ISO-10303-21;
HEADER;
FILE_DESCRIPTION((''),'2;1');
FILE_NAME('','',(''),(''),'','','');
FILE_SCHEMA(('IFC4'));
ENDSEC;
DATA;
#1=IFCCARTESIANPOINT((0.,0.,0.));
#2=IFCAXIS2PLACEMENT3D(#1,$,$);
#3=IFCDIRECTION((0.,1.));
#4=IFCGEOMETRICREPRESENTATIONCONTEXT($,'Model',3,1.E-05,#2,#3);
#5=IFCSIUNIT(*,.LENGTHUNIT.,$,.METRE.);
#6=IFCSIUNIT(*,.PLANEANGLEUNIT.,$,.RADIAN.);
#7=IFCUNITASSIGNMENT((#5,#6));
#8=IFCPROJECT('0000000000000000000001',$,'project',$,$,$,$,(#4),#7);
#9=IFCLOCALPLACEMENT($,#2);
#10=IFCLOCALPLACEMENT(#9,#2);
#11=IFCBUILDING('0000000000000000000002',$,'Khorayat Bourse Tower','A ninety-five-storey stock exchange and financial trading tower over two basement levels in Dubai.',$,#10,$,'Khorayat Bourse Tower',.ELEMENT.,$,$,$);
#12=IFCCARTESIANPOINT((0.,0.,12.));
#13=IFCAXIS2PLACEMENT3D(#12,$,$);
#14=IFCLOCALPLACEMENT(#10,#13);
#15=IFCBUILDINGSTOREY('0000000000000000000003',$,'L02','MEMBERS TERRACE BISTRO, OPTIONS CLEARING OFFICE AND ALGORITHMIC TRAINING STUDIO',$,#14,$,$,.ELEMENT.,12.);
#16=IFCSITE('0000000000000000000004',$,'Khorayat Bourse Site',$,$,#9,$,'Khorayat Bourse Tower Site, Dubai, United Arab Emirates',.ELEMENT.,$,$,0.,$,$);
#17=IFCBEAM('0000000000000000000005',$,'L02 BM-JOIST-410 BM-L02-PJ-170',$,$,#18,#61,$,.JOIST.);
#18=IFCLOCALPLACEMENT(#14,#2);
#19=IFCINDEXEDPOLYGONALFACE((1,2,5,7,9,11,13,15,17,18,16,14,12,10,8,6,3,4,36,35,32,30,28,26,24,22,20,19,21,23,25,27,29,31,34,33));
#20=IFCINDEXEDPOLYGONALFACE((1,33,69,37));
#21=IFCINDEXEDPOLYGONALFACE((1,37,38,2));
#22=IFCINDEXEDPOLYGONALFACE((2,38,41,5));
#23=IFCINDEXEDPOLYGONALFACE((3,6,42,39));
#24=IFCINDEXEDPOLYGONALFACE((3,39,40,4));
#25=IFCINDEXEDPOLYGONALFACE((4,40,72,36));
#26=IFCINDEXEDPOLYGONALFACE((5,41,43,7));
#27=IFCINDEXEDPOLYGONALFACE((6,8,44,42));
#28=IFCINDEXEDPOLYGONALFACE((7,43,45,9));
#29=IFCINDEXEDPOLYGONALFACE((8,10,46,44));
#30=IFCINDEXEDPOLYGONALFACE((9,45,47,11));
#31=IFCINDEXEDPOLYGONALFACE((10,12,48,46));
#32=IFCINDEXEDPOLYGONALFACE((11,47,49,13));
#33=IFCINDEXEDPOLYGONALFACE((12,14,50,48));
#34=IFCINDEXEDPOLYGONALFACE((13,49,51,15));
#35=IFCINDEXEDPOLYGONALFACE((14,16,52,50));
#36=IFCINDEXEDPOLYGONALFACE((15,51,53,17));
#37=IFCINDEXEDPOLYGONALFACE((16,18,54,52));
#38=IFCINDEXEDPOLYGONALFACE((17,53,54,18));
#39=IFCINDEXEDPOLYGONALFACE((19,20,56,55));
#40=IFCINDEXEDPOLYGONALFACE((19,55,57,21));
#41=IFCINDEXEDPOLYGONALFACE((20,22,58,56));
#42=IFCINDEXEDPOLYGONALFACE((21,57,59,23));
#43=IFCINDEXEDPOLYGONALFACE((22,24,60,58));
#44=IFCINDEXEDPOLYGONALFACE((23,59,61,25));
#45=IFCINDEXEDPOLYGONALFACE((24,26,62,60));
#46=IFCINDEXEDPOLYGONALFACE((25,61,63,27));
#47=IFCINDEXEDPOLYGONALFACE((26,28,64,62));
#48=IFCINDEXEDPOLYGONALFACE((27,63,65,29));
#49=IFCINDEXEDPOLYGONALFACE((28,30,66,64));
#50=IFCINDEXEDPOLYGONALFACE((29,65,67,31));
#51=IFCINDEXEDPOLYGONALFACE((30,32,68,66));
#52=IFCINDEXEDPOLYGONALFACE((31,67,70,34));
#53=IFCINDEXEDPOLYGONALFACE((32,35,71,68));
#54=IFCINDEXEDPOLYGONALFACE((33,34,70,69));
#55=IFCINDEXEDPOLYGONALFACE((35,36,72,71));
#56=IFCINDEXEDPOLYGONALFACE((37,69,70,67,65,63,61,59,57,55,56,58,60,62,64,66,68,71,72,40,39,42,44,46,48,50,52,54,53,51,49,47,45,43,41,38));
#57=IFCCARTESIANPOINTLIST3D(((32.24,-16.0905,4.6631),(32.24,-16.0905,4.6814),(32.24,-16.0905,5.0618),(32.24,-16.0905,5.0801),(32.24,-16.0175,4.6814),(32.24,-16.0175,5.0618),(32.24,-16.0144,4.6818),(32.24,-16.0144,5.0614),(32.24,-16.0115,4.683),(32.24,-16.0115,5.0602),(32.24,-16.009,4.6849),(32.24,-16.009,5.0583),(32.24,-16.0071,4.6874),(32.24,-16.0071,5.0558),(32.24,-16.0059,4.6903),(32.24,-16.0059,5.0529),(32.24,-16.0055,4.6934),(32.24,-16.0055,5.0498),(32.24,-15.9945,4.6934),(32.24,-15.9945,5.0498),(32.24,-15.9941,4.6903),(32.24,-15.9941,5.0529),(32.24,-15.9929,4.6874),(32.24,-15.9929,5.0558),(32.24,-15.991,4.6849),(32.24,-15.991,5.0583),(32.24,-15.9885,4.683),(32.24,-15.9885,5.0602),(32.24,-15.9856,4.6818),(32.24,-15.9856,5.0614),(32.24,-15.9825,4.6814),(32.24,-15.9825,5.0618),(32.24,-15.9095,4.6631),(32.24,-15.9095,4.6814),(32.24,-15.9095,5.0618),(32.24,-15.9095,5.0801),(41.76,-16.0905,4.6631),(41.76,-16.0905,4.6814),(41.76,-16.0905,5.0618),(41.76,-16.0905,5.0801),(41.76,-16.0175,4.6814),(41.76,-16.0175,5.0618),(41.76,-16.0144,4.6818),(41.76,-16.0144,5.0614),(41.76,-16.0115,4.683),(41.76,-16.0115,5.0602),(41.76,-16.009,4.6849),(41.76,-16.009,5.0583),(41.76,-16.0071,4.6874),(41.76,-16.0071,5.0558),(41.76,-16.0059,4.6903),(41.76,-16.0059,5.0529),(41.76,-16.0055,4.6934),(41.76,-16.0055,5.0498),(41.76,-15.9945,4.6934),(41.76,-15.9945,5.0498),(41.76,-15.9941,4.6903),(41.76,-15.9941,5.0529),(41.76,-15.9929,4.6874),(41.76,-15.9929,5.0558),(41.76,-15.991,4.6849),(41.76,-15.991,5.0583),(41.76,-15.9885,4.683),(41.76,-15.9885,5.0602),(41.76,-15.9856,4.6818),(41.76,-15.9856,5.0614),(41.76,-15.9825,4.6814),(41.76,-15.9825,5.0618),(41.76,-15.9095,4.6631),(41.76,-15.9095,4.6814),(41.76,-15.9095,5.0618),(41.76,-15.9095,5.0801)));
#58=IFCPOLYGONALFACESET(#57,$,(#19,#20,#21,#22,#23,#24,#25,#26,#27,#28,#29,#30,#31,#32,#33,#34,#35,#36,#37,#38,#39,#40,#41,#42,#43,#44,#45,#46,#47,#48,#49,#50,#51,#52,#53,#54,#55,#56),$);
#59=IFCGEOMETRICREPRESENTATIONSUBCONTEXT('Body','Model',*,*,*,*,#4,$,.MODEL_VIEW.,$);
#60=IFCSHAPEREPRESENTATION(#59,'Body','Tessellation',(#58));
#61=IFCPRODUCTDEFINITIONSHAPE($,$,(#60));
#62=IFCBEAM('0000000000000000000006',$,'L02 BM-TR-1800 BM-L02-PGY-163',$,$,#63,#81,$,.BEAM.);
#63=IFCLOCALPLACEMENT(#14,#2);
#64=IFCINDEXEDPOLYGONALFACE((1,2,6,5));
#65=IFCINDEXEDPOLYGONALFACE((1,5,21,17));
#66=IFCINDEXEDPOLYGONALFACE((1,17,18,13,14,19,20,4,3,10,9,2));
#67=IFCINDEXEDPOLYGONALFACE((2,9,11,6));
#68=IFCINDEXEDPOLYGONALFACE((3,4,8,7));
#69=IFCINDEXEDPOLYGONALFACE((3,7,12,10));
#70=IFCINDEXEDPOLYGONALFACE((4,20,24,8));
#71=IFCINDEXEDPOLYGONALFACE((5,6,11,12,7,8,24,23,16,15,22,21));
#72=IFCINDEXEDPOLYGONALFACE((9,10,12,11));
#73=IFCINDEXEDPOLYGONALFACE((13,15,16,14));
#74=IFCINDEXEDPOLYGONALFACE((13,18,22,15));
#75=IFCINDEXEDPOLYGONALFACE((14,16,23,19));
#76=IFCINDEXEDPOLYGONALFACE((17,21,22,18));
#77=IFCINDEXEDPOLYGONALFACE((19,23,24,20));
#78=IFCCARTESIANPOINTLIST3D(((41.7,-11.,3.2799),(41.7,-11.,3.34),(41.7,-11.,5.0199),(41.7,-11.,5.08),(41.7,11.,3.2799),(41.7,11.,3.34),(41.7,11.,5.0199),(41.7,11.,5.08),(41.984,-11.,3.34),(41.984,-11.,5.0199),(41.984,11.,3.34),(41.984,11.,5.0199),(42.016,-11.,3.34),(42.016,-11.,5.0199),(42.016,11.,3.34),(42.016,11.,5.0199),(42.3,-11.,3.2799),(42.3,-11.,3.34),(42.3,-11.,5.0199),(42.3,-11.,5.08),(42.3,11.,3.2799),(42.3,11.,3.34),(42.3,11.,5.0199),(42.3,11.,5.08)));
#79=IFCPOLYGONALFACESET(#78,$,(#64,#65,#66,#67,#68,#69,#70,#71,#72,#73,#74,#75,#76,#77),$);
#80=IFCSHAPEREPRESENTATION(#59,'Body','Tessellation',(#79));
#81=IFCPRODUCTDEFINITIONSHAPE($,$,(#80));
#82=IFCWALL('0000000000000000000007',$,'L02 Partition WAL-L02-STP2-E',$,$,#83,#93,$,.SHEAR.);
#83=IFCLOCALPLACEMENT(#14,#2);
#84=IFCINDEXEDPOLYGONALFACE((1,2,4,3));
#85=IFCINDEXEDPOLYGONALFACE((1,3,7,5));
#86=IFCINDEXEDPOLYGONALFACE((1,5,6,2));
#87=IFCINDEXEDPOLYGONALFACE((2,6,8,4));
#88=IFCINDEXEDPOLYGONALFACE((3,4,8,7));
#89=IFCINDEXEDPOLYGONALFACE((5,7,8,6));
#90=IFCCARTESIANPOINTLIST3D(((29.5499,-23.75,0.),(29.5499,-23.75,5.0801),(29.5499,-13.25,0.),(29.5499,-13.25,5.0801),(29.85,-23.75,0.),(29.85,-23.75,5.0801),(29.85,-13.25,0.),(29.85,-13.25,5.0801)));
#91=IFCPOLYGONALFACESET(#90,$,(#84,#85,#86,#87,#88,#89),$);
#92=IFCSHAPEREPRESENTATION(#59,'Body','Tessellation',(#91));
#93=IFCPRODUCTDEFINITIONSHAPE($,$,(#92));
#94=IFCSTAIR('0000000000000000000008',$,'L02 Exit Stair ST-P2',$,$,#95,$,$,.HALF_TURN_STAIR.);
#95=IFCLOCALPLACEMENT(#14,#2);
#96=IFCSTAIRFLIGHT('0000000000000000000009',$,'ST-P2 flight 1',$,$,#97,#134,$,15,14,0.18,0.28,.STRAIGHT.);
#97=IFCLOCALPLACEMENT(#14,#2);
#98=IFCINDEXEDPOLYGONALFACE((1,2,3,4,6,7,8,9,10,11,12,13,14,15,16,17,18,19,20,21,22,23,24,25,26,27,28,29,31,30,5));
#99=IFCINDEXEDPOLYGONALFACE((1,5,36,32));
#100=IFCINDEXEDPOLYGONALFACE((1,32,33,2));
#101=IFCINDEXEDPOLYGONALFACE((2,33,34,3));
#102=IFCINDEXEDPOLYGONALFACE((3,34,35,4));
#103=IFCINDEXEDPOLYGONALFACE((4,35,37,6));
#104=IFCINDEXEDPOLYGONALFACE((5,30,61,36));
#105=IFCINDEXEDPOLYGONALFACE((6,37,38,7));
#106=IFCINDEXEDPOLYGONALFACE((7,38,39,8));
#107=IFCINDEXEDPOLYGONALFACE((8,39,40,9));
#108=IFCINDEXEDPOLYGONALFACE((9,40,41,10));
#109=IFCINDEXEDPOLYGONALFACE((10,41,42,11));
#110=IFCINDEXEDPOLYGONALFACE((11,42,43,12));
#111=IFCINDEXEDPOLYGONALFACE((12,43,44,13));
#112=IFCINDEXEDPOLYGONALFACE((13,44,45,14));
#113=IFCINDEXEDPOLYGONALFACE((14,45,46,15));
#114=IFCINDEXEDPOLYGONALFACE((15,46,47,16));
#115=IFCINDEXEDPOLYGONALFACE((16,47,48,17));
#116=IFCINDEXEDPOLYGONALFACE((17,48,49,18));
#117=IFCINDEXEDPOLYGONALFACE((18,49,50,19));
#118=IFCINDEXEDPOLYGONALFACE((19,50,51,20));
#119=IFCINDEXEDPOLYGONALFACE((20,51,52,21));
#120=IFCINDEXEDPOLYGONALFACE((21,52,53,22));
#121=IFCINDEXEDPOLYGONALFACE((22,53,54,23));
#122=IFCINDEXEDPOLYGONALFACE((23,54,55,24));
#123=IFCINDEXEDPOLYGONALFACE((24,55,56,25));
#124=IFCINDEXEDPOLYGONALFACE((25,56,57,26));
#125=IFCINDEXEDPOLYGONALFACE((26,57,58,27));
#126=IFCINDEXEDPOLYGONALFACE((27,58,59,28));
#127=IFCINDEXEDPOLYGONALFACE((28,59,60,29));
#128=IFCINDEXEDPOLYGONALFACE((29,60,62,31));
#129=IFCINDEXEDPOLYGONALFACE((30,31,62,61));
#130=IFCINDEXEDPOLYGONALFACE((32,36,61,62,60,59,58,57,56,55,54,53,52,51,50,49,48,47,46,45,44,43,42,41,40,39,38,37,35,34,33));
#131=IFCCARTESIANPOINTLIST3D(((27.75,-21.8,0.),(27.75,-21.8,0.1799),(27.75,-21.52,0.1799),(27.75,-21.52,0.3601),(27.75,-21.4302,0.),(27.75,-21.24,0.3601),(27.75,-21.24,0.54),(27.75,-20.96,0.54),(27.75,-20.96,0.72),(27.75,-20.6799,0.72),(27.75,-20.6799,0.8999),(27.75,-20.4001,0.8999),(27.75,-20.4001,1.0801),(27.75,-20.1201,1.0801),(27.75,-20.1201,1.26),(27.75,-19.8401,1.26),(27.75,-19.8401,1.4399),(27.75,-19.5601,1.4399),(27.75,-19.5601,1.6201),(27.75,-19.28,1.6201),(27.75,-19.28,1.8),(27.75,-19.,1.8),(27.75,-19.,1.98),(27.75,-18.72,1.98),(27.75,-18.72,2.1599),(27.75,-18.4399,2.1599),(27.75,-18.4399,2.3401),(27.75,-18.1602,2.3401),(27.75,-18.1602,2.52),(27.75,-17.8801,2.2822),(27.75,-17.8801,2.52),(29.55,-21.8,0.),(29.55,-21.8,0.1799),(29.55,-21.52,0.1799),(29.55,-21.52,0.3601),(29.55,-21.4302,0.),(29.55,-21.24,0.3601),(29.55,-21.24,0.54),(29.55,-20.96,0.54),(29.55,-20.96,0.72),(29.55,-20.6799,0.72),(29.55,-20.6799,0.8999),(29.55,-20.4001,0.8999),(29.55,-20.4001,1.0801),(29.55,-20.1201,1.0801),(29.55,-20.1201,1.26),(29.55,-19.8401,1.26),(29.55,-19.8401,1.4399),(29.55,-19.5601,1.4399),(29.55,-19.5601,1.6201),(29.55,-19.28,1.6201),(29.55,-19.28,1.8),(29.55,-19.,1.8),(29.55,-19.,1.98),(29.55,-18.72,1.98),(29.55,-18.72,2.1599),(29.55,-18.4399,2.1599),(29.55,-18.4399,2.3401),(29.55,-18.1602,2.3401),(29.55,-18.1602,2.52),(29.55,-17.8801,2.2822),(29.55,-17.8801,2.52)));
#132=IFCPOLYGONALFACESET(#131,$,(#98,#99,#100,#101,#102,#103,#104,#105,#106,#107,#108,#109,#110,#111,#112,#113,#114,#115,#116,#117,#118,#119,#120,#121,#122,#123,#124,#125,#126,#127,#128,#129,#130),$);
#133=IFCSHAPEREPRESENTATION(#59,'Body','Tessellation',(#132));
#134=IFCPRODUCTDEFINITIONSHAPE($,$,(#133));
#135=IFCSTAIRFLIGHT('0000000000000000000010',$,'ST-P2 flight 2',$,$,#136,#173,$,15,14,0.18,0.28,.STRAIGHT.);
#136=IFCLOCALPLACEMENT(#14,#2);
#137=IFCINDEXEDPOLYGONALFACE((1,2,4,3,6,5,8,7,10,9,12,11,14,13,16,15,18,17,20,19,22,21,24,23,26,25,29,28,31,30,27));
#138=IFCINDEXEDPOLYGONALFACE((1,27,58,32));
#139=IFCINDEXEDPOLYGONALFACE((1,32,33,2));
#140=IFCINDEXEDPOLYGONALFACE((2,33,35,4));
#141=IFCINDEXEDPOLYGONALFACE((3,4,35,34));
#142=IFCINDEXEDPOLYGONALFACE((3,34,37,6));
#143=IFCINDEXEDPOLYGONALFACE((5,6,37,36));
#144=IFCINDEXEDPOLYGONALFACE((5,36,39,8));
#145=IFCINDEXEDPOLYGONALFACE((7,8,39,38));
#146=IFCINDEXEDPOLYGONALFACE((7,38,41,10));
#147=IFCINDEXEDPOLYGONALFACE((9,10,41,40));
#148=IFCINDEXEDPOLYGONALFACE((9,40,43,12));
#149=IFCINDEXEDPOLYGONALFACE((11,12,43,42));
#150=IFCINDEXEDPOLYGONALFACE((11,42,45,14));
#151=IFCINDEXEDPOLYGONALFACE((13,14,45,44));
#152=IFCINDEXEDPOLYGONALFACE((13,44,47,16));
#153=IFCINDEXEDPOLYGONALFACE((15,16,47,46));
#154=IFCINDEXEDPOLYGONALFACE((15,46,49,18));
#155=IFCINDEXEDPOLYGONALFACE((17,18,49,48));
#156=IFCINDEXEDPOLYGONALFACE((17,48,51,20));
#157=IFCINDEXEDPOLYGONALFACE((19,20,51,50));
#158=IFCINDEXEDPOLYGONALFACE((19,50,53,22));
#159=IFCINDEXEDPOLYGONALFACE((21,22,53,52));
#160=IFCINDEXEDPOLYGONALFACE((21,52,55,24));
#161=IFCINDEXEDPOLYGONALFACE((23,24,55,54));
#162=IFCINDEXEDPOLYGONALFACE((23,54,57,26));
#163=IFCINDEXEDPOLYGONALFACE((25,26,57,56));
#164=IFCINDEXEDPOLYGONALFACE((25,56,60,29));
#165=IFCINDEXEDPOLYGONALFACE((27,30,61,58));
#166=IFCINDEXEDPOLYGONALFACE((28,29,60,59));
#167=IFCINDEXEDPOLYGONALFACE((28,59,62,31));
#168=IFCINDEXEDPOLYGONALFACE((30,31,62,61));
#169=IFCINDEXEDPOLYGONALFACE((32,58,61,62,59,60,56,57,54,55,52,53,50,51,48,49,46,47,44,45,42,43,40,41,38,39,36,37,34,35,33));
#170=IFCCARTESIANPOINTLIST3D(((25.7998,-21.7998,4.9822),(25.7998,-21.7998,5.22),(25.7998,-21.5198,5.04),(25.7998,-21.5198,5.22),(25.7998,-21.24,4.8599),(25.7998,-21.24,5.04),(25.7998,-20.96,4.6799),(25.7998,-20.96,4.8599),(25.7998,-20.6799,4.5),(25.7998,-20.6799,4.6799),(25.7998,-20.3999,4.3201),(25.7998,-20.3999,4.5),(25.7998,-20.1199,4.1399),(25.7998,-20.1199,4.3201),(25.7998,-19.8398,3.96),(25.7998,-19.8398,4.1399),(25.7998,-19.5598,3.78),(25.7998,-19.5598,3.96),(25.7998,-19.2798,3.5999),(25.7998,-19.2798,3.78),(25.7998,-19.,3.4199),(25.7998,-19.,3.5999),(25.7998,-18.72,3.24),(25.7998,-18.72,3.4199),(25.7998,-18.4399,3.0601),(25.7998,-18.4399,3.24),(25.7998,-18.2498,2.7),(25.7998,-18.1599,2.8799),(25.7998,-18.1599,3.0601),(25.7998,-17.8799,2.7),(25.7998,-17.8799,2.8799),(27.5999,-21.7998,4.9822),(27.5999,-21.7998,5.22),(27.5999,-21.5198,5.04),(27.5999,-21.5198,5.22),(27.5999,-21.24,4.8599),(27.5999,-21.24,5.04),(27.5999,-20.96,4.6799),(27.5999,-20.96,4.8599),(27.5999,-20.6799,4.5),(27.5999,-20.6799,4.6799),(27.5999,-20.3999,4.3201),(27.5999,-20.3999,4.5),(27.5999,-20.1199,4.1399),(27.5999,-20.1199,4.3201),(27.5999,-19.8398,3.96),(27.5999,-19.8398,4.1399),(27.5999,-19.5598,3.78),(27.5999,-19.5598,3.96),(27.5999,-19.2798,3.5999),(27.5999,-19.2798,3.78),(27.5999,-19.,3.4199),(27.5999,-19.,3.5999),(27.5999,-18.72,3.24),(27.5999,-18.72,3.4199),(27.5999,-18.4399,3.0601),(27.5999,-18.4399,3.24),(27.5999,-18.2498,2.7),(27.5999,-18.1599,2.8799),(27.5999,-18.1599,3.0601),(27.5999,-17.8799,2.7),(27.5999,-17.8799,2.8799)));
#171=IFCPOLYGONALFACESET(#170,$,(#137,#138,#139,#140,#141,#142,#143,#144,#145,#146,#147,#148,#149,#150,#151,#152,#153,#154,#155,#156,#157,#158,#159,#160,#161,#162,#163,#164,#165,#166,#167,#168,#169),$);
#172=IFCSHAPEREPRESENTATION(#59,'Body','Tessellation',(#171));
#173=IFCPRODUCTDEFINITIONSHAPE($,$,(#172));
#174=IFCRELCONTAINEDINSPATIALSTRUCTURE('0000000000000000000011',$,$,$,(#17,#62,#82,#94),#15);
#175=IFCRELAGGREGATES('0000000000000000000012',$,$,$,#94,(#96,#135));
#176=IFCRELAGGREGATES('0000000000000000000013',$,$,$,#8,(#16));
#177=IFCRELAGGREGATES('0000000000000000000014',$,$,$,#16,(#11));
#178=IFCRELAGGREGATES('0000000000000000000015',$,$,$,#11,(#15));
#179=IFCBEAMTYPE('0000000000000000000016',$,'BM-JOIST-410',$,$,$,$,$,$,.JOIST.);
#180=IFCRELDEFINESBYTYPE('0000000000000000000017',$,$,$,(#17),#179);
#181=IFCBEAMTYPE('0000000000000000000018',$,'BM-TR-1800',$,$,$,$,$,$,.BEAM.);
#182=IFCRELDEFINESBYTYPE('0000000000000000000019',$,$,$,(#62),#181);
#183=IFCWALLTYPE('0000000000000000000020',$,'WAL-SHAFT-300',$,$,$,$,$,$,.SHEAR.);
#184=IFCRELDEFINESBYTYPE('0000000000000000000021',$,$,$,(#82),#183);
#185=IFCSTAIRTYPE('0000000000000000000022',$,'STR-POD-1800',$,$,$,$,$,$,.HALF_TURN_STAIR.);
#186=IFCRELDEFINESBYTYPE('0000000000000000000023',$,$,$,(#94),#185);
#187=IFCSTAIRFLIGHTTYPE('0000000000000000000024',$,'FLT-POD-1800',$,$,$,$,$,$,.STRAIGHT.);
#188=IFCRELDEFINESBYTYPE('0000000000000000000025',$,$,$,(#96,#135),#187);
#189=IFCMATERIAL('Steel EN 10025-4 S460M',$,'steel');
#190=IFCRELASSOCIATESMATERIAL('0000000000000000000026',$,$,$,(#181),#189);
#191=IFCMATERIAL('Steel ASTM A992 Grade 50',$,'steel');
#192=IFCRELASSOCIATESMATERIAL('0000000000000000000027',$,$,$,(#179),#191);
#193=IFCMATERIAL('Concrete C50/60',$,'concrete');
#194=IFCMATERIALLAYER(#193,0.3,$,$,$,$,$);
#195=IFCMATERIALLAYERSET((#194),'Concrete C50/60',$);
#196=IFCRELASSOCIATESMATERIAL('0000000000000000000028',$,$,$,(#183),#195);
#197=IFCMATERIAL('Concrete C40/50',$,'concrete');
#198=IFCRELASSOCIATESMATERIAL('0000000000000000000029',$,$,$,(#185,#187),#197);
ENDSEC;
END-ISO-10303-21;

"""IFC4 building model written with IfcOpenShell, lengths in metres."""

from ifc_helpers import new_model, si_unit, direction, frame, frame_2d, origin, origin_2d, place, context, subcontext, project, spatial, polyline, rectangle, i_section, outline, extrude, source, transform, mapped, material, layer, layer_set, material_profile, profile_set, type_object, element, aggregate, save


model = new_model("IFC4")

# Units and contexts
model_context = context("Model", 3, precision=1e-05, world=origin(), true_north=direction((0.0, 1.0)))
body_context = subcontext(model_context, "Body", "Model", "MODEL_VIEW")
ifc_project = project(units=[si_unit("LENGTHUNIT", "METRE"), si_unit("PLANEANGLEUNIT", "RADIAN")], contexts=[model_context])

# Site, building, storey
site_placement = place(None, origin())
site = spatial("IfcSite", under=ifc_project, at=site_placement, Name="Khorayat Bourse Site", LongName="Khorayat Bourse Tower Site, Dubai, United Arab Emirates", CompositionType="ELEMENT", RefElevation=0.0)
building_placement = place(site_placement, origin())
building = spatial("IfcBuilding", under=site, at=building_placement, Name="Khorayat Bourse Tower", Description="A ninety-five-storey stock exchange and financial trading tower over two basement levels in Dubai.", LongName="Khorayat Bourse Tower", CompositionType="ELEMENT")
storey_placement = place(building_placement, frame((0.0, 0.0, 12.0)))
storey = spatial("IfcBuildingStorey", under=building, at=storey_placement, Name="L02", Description="MEMBERS TERRACE BISTRO, OPTIONS CLEARING OFFICE AND ALGORITHMIC TRAINING STUDIO", CompositionType="ELEMENT", Elevation=12.0)

# Beams
ifc_material_1 = material(Name="Steel EN 10025-4 S460M", Category="steel")
ifc_material_profile_1 = material_profile(ifc_material_1, i_section(OverallWidth=0.6001, OverallDepth=1.8, WebThickness=0.032, FlangeThickness=0.0601, at=origin_2d()), Name="PG 1800x600x32x60")
ifc_profile_set_1 = profile_set([ifc_material_profile_1], Name="Steel EN 10025-4 S460M")
beam_type_1 = type_object("IfcBeamType", Name="BM-TR-1800", PredefinedType="BEAM", material=ifc_profile_set_1)
ifc_material_2 = material(Name="Steel ASTM A992 Grade 50", Category="steel")
ifc_material_profile_2 = material_profile(ifc_material_2, i_section(OverallWidth=0.1809, OverallDepth=0.417, WebThickness=0.011, FlangeThickness=0.0183, FilletRadius=0.012, at=origin_2d()), Name="W410X85")
ifc_profile_set_2 = profile_set([ifc_material_profile_2], Name="Steel ASTM A992 Grade 50")
beam_type_2 = type_object("IfcBeamType", Name="BM-JOIST-410", PredefinedType="JOIST", material=ifc_profile_set_2)
shared_shape_1 = source(origin(), body_context, "Body", "SweptSolid", [
    extrude(i_section(OverallWidth=0.1809, OverallDepth=0.417, WebThickness=0.011, FlangeThickness=0.0183, FilletRadius=0.012, at=origin_2d()), origin(), (0.0, 0.0, 1.0), 9.52),
])
for number, where, z_axis, x_axis, name in (
    (1, (32.24, -16.0, 4.8716), (1.0, 0.0, 0.0), (0.0, 1.0, 0.0), "L02 BM-JOIST-410 BM-L02-PJ-170"),
):
    element("IfcBeam", number, at=place(storey_placement, frame(where, z_axis=z_axis, x_axis=x_axis)), inside=storey, type_object=beam_type_2, Name=name, PredefinedType="JOIST", context=body_context, shape_type="MappedRepresentation", body=[
        mapped(shared_shape_1, transform((0.0, 0.0, 0.0), scale=1.0)),
    ])
shared_shape_2 = source(origin(), body_context, "Body", "SweptSolid", [
    extrude(i_section(OverallWidth=0.6001, OverallDepth=1.8, WebThickness=0.032, FlangeThickness=0.0601, at=origin_2d()), origin(), (0.0, 0.0, 1.0), 22.0),
])
beam_1_placement = place(storey_placement, frame((42.0, -11.0, 4.1799), z_axis=(0.0, 1.0, 0.0), x_axis=(-1.0, 0.0, 0.0)))
element("IfcBeam", 2, at=beam_1_placement, inside=storey, type_object=beam_type_1, Name="L02 BM-TR-1800 BM-L02-PGY-163", PredefinedType="BEAM", context=body_context, shape_type="MappedRepresentation", body=[
    mapped(shared_shape_2, transform((0.0, 0.0, 0.0), scale=1.0)),
])

# Wall
ifc_material_3 = material(Name="Concrete C50/60", Category="concrete")
ifc_layer = layer(ifc_material_3, 0.3)
ifc_layer_set = layer_set([ifc_layer], Name="Concrete C50/60")
wall_type = type_object("IfcWallType", Name="WAL-SHAFT-300", PredefinedType="SHEAR", material=ifc_layer_set)
shared_shape_3 = source(origin(), body_context, "Body", "SweptSolid", [
    extrude(rectangle(XDim=10.5, YDim=0.3, at=frame_2d((5.25, 0.0))), origin(), (0.0, 0.0, 1.0), 5.0801),
])
wall_placement = place(storey_placement, frame((29.7, -23.75, 0.0), z_axis=(0.0, 0.0, 1.0), x_axis=(0.0, 1.0, 0.0)))
element("IfcWall", 3, at=wall_placement, inside=storey, type_object=wall_type, Name="L02 Partition WAL-L02-STP2-E", PredefinedType="SHEAR", context=body_context, shape_type="MappedRepresentation", body=[
    mapped(shared_shape_3, transform((0.0, 0.0, 0.0), scale=1.0)),
])

# Stair, stair flights
ifc_material_4 = material(Name="Concrete C40/50", Category="concrete")
stair_type = type_object("IfcStairType", Name="STR-POD-1800", PredefinedType="HALF_TURN_STAIR", material=ifc_material_4)
stair_placement = place(storey_placement, origin())
stair = element("IfcStair", 4, at=stair_placement, inside=storey, type_object=stair_type, Name="L02 Exit Stair ST-P2", PredefinedType="HALF_TURN_STAIR")
stair_flight_type = type_object("IfcStairFlightType", Name="FLT-POD-1800", PredefinedType="STRAIGHT", material=ifc_material_4)
shared_shape_4 = source(origin(), body_context, "Body", "SweptSolid", [
    extrude(outline(polyline([(0.0, 0.0), (0.0, 0.1799), (0.28, 0.1799), (0.28, 0.3601), (0.5601, 0.3601), (0.5601, 0.54), (0.8401, 0.54), (0.8401, 0.72), (1.1201, 0.72), (1.1201, 0.8999), (1.3999, 0.8999), (1.3999, 1.0801), (1.6799, 1.0801), (1.6799, 1.26), (1.96, 1.26), (1.96, 1.4399), (2.24, 1.4399), (2.24, 1.6201), (2.52, 1.6201), (2.52, 1.8), (2.8, 1.8), (2.8, 1.98), (3.0801, 1.98), (3.0801, 2.1599), (3.3601, 2.1599), (3.3601, 2.3401), (3.6399, 2.3401), (3.6399, 2.52), (3.9199, 2.52), (3.9199, 2.7), (3.9199, 2.2822), (0.3699, 0.0), (0.0, 0.0)])), frame((0.0, 0.8999, 0.0), z_axis=(0.0, -1.0, 0.0), x_axis=(1.0, 0.0, 0.0)), (0.0, 0.0, 1.0), 1.8),
])
stair_flight_1_placement = place(storey_placement, frame((28.6499, -21.8, 0.0), z_axis=(0.0, 0.0, 1.0), x_axis=(0.0, 1.0, 0.0)))
stair_flight_1 = element("IfcStairFlight", 5, at=stair_flight_1_placement, type_object=stair_flight_type, Name="ST-P2 flight 1", NumberOfRisers=15, NumberOfTreads=14, PredefinedType="STRAIGHT", RiserHeight=0.18, TreadLength=0.28, context=body_context, shape_type="MappedRepresentation", body=[
    mapped(shared_shape_4, transform((0.0, 0.0, 0.0), scale=1.0)),
])
stair_flight_2_placement = place(storey_placement, frame((26.7, -17.8799, 2.7), z_axis=(0.0, 0.0, 1.0), x_axis=(0.0, -1.0, 0.0)))
stair_flight_2 = element("IfcStairFlight", 6, at=stair_flight_2_placement, type_object=stair_flight_type, Name="ST-P2 flight 2", NumberOfRisers=15, NumberOfTreads=14, PredefinedType="STRAIGHT", RiserHeight=0.18, TreadLength=0.28, context=body_context, shape_type="MappedRepresentation", body=[
    mapped(shared_shape_4, transform((0.0, 0.0, 0.0), scale=1.0)),
])
aggregate(stair, [stair_flight_1, stair_flight_2])

save(model, "model.ifc")
